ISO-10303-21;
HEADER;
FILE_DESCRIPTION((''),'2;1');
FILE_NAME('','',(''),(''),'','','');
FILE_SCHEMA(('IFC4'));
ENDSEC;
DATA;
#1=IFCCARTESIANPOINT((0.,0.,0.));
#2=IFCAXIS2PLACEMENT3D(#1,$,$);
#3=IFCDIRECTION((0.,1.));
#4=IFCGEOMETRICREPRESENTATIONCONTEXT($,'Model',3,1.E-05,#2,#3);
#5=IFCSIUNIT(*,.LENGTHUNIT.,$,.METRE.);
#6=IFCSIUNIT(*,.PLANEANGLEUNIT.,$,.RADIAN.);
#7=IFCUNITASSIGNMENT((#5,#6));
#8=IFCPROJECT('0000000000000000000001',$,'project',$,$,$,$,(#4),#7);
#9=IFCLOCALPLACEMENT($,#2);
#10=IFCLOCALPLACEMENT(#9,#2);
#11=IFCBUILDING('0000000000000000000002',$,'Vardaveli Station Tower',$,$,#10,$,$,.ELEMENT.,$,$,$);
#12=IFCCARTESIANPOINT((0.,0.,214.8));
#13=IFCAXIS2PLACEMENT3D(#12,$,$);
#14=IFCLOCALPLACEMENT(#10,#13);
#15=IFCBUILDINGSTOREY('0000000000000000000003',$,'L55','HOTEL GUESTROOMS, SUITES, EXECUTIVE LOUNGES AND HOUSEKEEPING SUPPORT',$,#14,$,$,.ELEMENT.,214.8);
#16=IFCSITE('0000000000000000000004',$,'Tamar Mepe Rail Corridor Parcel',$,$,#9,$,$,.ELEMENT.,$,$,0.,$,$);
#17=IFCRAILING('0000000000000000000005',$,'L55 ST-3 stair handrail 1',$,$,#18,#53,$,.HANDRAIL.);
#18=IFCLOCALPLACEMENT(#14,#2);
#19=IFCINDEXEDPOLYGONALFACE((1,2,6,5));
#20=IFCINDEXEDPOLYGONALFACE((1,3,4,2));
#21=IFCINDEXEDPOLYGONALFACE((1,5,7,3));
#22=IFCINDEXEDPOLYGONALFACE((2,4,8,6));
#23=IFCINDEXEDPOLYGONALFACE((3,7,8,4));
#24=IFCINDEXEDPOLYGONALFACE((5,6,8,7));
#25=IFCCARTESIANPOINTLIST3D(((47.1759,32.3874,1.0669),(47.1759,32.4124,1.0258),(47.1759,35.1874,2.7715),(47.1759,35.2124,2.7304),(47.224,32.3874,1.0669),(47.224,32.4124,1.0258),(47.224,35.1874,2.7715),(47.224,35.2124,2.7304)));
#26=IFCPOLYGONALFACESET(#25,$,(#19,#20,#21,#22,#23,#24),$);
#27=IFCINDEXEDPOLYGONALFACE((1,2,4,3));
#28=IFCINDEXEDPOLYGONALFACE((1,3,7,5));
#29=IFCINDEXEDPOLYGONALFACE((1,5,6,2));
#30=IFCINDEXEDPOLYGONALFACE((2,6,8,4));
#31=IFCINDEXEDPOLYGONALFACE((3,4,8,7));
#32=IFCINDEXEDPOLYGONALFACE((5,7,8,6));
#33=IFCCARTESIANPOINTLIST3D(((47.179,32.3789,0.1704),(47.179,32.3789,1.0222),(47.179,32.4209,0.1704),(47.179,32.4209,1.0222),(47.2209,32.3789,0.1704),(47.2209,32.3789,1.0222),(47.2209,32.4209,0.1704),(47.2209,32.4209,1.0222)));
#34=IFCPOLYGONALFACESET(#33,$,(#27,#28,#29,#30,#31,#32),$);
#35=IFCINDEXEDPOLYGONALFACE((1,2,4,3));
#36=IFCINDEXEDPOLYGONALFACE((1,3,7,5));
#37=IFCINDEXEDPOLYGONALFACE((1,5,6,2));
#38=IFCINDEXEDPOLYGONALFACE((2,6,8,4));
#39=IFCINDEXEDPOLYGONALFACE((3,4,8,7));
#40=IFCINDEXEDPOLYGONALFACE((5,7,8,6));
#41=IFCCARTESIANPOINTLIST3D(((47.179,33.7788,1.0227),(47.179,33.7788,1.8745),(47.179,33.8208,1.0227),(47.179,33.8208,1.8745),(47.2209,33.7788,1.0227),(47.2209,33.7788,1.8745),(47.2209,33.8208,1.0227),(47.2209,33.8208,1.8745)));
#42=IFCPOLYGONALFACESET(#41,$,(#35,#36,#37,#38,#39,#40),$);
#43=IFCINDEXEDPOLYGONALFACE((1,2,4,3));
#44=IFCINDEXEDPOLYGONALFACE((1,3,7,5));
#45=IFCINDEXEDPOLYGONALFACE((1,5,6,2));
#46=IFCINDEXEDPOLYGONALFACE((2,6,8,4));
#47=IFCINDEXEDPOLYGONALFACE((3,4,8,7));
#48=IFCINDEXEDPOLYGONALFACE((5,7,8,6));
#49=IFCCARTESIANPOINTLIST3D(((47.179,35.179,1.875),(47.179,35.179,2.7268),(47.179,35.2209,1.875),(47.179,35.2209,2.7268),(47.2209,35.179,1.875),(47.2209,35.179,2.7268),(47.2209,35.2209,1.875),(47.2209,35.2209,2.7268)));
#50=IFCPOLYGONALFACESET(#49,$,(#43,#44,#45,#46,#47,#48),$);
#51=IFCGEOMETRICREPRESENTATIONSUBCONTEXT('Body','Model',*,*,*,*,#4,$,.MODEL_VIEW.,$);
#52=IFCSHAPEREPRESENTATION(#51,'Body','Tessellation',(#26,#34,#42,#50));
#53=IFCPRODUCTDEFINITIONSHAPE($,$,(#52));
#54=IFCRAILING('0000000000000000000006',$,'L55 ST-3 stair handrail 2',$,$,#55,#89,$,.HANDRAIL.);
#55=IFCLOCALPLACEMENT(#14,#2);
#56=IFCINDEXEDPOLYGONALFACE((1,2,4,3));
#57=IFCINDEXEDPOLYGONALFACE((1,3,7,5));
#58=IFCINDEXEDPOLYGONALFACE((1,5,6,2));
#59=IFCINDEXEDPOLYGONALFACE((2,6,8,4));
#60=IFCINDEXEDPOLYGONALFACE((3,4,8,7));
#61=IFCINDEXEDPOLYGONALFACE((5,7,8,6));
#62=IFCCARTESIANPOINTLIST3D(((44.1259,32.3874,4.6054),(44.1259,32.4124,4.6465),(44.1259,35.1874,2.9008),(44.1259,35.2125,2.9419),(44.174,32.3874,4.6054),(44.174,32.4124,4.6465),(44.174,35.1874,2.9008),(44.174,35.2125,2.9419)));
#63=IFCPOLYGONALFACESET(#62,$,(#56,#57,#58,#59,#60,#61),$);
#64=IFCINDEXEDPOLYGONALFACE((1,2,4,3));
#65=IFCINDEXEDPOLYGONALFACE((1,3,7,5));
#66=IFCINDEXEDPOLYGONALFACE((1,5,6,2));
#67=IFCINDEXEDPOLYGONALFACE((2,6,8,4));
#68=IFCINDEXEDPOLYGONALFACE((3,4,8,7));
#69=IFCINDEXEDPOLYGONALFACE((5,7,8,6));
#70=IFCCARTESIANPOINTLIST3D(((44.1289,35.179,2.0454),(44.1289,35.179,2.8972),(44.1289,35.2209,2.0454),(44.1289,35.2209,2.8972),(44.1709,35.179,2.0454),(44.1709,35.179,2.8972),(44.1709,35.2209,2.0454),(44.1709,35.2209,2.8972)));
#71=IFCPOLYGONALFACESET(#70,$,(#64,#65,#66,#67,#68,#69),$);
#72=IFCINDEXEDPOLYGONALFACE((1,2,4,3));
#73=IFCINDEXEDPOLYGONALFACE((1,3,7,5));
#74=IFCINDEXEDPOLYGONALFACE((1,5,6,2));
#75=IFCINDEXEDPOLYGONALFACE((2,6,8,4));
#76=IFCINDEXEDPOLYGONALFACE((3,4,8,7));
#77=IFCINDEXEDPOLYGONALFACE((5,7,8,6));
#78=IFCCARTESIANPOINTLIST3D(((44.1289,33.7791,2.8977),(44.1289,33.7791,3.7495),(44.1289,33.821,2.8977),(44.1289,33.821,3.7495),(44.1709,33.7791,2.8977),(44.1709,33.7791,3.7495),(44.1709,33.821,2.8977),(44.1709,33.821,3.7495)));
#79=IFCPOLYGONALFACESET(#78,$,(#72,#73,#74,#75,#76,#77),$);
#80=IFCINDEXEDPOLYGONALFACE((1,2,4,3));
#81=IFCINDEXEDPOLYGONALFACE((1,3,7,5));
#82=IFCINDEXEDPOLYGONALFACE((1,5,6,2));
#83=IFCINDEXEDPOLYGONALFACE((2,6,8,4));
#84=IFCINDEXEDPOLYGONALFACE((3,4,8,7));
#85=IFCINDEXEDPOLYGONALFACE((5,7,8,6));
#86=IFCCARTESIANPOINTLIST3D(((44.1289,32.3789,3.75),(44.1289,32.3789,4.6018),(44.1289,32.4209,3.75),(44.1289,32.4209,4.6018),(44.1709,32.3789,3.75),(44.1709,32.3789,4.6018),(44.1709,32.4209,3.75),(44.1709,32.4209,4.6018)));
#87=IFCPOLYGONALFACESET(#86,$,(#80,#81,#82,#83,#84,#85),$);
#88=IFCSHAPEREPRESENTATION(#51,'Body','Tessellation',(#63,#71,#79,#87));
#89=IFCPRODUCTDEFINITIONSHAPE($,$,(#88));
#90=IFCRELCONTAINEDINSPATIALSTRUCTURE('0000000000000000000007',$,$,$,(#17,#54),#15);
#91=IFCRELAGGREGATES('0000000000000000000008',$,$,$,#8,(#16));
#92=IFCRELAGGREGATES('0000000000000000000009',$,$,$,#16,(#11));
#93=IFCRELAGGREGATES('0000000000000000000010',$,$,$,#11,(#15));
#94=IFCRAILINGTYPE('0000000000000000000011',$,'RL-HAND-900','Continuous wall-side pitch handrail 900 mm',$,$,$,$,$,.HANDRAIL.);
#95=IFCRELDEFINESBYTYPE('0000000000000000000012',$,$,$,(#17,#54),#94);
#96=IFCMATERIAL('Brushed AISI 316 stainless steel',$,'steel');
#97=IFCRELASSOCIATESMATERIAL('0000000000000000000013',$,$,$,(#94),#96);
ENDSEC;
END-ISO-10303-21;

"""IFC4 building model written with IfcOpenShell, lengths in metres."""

from ifc_helpers import new_model, si_unit, direction, frame, origin, origin_2d, place, context, subcontext, project, spatial, rectangle, extrude, source, transform, mapped, material, type_object, element, save


model = new_model("IFC4")

# Units and contexts
model_context = context("Model", 3, precision=1e-05, world=origin(), true_north=direction((0.0, 1.0)))
body_context = subcontext(model_context, "Body", "Model", "MODEL_VIEW")
ifc_project = project(units=[si_unit("LENGTHUNIT", "METRE"), si_unit("PLANEANGLEUNIT", "RADIAN")], contexts=[model_context])

# Site, building, storey
site_placement = place(None, origin())
site = spatial("IfcSite", under=ifc_project, at=site_placement, Name="Tamar Mepe Rail Corridor Parcel", CompositionType="ELEMENT", RefElevation=0.0)
building_placement = place(site_placement, origin())
building = spatial("IfcBuilding", under=site, at=building_placement, Name="Vardaveli Station Tower", CompositionType="ELEMENT")
storey_placement = place(building_placement, frame((0.0, 0.0, 214.8)))
storey = spatial("IfcBuildingStorey", under=building, at=storey_placement, Name="L55", Description="HOTEL GUESTROOMS, SUITES, EXECUTIVE LOUNGES AND HOUSEKEEPING SUPPORT", CompositionType="ELEMENT", Elevation=214.8)

# Railings
ifc_material_1 = material(Name="Brushed AISI 316 stainless steel", Category="steel")
railing_type_1 = type_object("IfcRailingType", Name="RL-HAND-900", Description="Continuous wall-side pitch handrail 900 mm", PredefinedType="HANDRAIL", material=ifc_material_1)
shared_shape_1 = source(origin(), body_context, "Body", "SweptSolid", [
    extrude(rectangle(XDim=0.0481, YDim=0.0481, at=origin_2d()), frame((0.0, 0.0, 0.876), z_axis=(0.0, 0.85417, 0.519994), x_axis=(-1.0, 0.0, 0.0)), (0.0, 0.0, 1.0), 3.2781),
    extrude(rectangle(XDim=0.042, YDim=0.042, at=origin_2d()), origin(), (0.0, 0.0, 1.0), 0.8518),
    extrude(rectangle(XDim=0.042, YDim=0.042, at=origin_2d()), frame((0.0, 1.3999, 0.8523)), (0.0, 0.0, 1.0), 0.8518),
    extrude(rectangle(XDim=0.042, YDim=0.042, at=origin_2d()), frame((0.0, 2.8, 1.7046)), (0.0, 0.0, 1.0), 0.8518),
])
railing_1_placement = place(storey_placement, frame((47.2, 32.3999, 0.1704)))
element("IfcRailing", 1, at=railing_1_placement, inside=storey, type_object=railing_type_1, Name="L55 ST-3 stair handrail 1", PredefinedType="HANDRAIL", context=body_context, shape_type="MappedRepresentation", body=[
    mapped(shared_shape_1, transform((0.0, 0.0, 0.0), scale=1.0)),
])
shared_shape_2 = source(origin(), body_context, "Body", "SweptSolid", [
    extrude(rectangle(XDim=0.0481, YDim=0.0481, at=origin_2d()), frame((0.0, 0.0, 0.876), z_axis=(0.0, -0.85417, 0.519994), x_axis=(1.0, 0.0, 0.0)), (0.0, 0.0, 1.0), 3.2781),
    extrude(rectangle(XDim=0.042, YDim=0.042, at=origin_2d()), origin(), (0.0, 0.0, 1.0), 0.8518),
    extrude(rectangle(XDim=0.042, YDim=0.042, at=origin_2d()), frame((0.0, -1.3999, 0.8523)), (0.0, 0.0, 1.0), 0.8518),
    extrude(rectangle(XDim=0.042, YDim=0.042, at=origin_2d()), frame((0.0, -2.8, 1.7046)), (0.0, 0.0, 1.0), 0.8518),
])
railing_2_placement = place(storey_placement, frame((44.1499, 35.2, 2.0454)))
element("IfcRailing", 2, at=railing_2_placement, inside=storey, type_object=railing_type_1, Name="L55 ST-3 stair handrail 2", PredefinedType="HANDRAIL", context=body_context, shape_type="MappedRepresentation", body=[
    mapped(shared_shape_2, transform((0.0, 0.0, 0.0), scale=1.0)),
])

save(model, "model.ifc")
